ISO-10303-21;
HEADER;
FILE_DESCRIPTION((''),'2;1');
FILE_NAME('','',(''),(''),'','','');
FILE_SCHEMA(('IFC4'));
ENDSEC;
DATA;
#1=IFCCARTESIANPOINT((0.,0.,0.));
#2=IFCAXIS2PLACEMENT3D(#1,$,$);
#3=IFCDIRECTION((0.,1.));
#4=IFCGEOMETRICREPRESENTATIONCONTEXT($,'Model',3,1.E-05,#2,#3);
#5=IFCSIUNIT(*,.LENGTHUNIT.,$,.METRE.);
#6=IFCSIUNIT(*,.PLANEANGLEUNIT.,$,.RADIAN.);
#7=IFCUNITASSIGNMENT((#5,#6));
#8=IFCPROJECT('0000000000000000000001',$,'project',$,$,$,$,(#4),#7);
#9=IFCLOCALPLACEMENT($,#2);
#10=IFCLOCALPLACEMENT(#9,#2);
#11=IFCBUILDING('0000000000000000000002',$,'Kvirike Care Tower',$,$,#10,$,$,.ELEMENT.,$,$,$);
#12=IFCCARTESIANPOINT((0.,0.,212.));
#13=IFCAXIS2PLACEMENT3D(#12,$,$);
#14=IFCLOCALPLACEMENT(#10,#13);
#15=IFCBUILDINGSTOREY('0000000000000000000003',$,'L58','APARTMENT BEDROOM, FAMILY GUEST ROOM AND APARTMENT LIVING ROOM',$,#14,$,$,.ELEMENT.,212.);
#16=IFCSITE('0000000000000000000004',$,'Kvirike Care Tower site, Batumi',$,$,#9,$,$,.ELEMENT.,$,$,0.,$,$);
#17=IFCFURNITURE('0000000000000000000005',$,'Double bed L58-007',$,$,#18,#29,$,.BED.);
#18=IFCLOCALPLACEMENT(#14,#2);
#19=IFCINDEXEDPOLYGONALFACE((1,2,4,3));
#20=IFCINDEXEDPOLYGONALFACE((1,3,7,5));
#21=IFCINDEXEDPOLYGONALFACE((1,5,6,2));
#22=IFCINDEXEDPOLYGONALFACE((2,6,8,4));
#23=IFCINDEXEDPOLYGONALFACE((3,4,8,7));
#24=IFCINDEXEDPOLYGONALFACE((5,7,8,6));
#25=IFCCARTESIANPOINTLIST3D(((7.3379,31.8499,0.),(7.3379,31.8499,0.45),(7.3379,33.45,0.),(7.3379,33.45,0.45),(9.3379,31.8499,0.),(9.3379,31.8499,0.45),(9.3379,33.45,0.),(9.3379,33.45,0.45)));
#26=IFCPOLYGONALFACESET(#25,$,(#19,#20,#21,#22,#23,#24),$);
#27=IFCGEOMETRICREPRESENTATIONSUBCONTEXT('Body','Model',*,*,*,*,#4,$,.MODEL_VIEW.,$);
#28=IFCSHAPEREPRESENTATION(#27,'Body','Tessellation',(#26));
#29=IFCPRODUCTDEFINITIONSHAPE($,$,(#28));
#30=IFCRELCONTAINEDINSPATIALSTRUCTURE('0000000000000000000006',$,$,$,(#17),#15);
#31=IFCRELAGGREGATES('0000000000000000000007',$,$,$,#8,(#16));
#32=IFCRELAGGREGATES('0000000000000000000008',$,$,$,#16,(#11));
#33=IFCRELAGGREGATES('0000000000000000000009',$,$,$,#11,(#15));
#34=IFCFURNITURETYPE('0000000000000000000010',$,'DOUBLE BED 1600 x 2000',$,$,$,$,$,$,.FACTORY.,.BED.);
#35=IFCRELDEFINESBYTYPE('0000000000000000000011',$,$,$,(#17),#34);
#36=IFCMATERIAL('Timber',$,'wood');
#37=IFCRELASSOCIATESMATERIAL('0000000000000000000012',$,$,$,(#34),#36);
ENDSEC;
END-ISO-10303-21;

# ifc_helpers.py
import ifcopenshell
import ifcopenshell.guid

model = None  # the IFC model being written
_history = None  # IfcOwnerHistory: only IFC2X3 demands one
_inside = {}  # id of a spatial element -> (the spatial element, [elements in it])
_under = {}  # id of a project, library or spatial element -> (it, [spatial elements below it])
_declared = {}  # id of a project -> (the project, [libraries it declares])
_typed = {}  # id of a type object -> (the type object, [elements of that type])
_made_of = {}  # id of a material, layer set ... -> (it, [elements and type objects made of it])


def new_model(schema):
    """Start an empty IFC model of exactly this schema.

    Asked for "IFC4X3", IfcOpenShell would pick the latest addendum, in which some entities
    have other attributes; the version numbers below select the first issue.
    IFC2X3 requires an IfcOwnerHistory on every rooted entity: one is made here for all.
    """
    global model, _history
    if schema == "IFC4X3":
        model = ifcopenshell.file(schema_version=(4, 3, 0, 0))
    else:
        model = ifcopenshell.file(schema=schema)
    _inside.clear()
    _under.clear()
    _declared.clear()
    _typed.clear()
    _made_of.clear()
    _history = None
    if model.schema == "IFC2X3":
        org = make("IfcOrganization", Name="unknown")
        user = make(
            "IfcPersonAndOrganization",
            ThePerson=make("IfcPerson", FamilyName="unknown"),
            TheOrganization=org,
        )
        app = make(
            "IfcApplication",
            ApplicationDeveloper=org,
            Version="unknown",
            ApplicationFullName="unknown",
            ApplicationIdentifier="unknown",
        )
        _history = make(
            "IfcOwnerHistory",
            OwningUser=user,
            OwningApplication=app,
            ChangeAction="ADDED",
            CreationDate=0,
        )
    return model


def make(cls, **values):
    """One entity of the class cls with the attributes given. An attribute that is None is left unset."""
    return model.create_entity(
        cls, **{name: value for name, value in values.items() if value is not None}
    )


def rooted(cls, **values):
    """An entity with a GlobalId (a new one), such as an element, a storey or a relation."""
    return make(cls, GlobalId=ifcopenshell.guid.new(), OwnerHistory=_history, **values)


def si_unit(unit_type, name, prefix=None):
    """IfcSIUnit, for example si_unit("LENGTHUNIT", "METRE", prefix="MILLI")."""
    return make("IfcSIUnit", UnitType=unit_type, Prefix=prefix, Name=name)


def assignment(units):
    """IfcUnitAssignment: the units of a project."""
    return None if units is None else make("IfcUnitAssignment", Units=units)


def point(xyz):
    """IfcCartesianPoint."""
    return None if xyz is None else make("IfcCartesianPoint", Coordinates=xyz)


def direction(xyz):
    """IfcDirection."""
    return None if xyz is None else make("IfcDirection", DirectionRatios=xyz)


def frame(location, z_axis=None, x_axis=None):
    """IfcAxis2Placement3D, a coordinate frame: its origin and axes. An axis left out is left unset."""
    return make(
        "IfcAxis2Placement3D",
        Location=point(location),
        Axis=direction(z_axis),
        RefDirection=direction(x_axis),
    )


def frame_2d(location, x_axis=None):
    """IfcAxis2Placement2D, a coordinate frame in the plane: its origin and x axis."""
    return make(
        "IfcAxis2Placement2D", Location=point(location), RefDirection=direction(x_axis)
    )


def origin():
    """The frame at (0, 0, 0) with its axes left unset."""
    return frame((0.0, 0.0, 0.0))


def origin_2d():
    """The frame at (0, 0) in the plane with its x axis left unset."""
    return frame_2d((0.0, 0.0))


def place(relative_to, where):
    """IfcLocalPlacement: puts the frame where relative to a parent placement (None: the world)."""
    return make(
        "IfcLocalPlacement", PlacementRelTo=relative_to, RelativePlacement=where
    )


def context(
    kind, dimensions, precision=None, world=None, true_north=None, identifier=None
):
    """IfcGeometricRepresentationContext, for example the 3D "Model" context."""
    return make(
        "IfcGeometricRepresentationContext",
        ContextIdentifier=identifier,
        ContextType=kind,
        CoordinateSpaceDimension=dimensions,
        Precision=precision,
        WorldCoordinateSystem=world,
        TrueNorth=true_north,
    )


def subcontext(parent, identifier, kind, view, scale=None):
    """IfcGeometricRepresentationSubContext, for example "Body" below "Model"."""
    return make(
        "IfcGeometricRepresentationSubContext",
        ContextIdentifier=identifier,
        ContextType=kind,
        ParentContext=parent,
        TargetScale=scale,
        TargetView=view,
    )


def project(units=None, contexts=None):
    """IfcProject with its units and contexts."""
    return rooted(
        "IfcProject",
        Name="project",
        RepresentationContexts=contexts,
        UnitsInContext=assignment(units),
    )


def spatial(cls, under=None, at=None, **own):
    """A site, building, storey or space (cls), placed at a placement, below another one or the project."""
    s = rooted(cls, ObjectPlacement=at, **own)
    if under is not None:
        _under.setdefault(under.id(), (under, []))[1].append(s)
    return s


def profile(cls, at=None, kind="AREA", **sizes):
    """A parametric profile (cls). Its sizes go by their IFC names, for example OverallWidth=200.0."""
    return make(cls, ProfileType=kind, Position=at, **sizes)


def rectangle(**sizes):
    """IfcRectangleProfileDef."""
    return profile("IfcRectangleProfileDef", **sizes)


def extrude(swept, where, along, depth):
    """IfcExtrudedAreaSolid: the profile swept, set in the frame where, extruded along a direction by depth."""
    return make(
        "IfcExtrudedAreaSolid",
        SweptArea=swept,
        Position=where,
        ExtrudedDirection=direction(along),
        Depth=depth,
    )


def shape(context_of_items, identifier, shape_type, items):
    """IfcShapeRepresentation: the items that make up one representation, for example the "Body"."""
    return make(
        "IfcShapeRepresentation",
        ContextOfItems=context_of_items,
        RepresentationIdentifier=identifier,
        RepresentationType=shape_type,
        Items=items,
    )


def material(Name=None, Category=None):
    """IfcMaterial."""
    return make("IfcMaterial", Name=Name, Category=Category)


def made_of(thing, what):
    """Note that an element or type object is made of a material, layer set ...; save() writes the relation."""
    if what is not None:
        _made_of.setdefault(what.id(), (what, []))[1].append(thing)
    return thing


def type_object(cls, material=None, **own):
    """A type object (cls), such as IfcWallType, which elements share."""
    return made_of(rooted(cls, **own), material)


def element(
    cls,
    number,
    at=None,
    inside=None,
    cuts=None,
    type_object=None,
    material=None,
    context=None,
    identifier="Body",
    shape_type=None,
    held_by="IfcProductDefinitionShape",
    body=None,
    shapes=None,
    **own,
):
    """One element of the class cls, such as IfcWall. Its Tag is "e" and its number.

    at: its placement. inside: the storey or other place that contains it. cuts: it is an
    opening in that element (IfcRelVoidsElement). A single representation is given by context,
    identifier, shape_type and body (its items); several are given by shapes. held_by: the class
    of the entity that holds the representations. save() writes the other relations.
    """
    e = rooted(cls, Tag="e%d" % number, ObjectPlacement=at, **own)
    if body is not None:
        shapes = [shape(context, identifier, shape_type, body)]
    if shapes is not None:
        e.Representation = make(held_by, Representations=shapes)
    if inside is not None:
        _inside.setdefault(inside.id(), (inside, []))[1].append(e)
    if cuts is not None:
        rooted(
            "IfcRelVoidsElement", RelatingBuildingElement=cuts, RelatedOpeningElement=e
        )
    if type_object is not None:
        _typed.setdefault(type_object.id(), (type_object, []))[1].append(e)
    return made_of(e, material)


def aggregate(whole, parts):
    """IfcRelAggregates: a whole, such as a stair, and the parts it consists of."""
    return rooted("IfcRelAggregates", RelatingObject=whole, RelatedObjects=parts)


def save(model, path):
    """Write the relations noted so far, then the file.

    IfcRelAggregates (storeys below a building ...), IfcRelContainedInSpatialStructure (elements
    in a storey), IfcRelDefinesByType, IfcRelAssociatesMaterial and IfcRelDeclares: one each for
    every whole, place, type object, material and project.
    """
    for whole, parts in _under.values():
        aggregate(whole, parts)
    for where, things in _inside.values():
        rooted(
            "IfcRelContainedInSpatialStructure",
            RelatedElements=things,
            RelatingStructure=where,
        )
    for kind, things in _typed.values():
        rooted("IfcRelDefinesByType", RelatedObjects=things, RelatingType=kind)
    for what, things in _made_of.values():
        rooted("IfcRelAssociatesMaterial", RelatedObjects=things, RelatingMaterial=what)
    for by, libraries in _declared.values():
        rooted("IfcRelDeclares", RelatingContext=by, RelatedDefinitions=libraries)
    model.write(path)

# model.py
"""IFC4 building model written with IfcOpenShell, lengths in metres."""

from ifc_helpers import new_model, si_unit, direction, frame, origin, origin_2d, place, context, subcontext, project, spatial, rectangle, extrude, material, type_object, element, save


model = new_model("IFC4")

# Units and contexts
model_context = context("Model", 3, precision=1e-05, world=origin(), true_north=direction((0.0, 1.0)))
body_context = subcontext(model_context, "Body", "Model", "MODEL_VIEW")
ifc_project = project(units=[si_unit("LENGTHUNIT", "METRE"), si_unit("PLANEANGLEUNIT", "RADIAN")], contexts=[model_context])

# Site, building, storey
site_placement = place(None, origin())
site = spatial("IfcSite", under=ifc_project, at=site_placement, Name="Kvirike Care Tower site, Batumi", CompositionType="ELEMENT", RefElevation=0.0)
building_placement = place(site_placement, origin())
building = spatial("IfcBuilding", under=site, at=building_placement, Name="Kvirike Care Tower", CompositionType="ELEMENT")
storey_placement = place(building_placement, frame((0.0, 0.0, 212.0)))
storey = spatial("IfcBuildingStorey", under=building, at=storey_placement, Name="L58", Description="APARTMENT BEDROOM, FAMILY GUEST ROOM AND APARTMENT LIVING ROOM", CompositionType="ELEMENT", Elevation=212.0)

# Furniture
ifc_material_1 = material(Name="Timber", Category="wood")
furniture_type = type_object("IfcFurnitureType", Name="DOUBLE BED 1600 x 2000", AssemblyPlace="FACTORY", PredefinedType="BED", material=ifc_material_1)
for number, where, z_axis, x_axis, name in (
    (1, (8.3379, 32.6499, 0.0), (0.0, 0.0, 1.0), (0.0, -1.0, 0.0), "Double bed L58-007"),
):
    element("IfcFurniture", number, at=place(storey_placement, frame(where, z_axis=z_axis, x_axis=x_axis)), inside=storey, type_object=furniture_type, Name=name, PredefinedType="BED", context=body_context, shape_type="SweptSolid", body=[
        extrude(rectangle(XDim=1.6001, YDim=2.0, at=origin_2d()), origin(), (0.0, 0.0, 1.0), 0.45),
    ])

save(model, "model.ifc")
